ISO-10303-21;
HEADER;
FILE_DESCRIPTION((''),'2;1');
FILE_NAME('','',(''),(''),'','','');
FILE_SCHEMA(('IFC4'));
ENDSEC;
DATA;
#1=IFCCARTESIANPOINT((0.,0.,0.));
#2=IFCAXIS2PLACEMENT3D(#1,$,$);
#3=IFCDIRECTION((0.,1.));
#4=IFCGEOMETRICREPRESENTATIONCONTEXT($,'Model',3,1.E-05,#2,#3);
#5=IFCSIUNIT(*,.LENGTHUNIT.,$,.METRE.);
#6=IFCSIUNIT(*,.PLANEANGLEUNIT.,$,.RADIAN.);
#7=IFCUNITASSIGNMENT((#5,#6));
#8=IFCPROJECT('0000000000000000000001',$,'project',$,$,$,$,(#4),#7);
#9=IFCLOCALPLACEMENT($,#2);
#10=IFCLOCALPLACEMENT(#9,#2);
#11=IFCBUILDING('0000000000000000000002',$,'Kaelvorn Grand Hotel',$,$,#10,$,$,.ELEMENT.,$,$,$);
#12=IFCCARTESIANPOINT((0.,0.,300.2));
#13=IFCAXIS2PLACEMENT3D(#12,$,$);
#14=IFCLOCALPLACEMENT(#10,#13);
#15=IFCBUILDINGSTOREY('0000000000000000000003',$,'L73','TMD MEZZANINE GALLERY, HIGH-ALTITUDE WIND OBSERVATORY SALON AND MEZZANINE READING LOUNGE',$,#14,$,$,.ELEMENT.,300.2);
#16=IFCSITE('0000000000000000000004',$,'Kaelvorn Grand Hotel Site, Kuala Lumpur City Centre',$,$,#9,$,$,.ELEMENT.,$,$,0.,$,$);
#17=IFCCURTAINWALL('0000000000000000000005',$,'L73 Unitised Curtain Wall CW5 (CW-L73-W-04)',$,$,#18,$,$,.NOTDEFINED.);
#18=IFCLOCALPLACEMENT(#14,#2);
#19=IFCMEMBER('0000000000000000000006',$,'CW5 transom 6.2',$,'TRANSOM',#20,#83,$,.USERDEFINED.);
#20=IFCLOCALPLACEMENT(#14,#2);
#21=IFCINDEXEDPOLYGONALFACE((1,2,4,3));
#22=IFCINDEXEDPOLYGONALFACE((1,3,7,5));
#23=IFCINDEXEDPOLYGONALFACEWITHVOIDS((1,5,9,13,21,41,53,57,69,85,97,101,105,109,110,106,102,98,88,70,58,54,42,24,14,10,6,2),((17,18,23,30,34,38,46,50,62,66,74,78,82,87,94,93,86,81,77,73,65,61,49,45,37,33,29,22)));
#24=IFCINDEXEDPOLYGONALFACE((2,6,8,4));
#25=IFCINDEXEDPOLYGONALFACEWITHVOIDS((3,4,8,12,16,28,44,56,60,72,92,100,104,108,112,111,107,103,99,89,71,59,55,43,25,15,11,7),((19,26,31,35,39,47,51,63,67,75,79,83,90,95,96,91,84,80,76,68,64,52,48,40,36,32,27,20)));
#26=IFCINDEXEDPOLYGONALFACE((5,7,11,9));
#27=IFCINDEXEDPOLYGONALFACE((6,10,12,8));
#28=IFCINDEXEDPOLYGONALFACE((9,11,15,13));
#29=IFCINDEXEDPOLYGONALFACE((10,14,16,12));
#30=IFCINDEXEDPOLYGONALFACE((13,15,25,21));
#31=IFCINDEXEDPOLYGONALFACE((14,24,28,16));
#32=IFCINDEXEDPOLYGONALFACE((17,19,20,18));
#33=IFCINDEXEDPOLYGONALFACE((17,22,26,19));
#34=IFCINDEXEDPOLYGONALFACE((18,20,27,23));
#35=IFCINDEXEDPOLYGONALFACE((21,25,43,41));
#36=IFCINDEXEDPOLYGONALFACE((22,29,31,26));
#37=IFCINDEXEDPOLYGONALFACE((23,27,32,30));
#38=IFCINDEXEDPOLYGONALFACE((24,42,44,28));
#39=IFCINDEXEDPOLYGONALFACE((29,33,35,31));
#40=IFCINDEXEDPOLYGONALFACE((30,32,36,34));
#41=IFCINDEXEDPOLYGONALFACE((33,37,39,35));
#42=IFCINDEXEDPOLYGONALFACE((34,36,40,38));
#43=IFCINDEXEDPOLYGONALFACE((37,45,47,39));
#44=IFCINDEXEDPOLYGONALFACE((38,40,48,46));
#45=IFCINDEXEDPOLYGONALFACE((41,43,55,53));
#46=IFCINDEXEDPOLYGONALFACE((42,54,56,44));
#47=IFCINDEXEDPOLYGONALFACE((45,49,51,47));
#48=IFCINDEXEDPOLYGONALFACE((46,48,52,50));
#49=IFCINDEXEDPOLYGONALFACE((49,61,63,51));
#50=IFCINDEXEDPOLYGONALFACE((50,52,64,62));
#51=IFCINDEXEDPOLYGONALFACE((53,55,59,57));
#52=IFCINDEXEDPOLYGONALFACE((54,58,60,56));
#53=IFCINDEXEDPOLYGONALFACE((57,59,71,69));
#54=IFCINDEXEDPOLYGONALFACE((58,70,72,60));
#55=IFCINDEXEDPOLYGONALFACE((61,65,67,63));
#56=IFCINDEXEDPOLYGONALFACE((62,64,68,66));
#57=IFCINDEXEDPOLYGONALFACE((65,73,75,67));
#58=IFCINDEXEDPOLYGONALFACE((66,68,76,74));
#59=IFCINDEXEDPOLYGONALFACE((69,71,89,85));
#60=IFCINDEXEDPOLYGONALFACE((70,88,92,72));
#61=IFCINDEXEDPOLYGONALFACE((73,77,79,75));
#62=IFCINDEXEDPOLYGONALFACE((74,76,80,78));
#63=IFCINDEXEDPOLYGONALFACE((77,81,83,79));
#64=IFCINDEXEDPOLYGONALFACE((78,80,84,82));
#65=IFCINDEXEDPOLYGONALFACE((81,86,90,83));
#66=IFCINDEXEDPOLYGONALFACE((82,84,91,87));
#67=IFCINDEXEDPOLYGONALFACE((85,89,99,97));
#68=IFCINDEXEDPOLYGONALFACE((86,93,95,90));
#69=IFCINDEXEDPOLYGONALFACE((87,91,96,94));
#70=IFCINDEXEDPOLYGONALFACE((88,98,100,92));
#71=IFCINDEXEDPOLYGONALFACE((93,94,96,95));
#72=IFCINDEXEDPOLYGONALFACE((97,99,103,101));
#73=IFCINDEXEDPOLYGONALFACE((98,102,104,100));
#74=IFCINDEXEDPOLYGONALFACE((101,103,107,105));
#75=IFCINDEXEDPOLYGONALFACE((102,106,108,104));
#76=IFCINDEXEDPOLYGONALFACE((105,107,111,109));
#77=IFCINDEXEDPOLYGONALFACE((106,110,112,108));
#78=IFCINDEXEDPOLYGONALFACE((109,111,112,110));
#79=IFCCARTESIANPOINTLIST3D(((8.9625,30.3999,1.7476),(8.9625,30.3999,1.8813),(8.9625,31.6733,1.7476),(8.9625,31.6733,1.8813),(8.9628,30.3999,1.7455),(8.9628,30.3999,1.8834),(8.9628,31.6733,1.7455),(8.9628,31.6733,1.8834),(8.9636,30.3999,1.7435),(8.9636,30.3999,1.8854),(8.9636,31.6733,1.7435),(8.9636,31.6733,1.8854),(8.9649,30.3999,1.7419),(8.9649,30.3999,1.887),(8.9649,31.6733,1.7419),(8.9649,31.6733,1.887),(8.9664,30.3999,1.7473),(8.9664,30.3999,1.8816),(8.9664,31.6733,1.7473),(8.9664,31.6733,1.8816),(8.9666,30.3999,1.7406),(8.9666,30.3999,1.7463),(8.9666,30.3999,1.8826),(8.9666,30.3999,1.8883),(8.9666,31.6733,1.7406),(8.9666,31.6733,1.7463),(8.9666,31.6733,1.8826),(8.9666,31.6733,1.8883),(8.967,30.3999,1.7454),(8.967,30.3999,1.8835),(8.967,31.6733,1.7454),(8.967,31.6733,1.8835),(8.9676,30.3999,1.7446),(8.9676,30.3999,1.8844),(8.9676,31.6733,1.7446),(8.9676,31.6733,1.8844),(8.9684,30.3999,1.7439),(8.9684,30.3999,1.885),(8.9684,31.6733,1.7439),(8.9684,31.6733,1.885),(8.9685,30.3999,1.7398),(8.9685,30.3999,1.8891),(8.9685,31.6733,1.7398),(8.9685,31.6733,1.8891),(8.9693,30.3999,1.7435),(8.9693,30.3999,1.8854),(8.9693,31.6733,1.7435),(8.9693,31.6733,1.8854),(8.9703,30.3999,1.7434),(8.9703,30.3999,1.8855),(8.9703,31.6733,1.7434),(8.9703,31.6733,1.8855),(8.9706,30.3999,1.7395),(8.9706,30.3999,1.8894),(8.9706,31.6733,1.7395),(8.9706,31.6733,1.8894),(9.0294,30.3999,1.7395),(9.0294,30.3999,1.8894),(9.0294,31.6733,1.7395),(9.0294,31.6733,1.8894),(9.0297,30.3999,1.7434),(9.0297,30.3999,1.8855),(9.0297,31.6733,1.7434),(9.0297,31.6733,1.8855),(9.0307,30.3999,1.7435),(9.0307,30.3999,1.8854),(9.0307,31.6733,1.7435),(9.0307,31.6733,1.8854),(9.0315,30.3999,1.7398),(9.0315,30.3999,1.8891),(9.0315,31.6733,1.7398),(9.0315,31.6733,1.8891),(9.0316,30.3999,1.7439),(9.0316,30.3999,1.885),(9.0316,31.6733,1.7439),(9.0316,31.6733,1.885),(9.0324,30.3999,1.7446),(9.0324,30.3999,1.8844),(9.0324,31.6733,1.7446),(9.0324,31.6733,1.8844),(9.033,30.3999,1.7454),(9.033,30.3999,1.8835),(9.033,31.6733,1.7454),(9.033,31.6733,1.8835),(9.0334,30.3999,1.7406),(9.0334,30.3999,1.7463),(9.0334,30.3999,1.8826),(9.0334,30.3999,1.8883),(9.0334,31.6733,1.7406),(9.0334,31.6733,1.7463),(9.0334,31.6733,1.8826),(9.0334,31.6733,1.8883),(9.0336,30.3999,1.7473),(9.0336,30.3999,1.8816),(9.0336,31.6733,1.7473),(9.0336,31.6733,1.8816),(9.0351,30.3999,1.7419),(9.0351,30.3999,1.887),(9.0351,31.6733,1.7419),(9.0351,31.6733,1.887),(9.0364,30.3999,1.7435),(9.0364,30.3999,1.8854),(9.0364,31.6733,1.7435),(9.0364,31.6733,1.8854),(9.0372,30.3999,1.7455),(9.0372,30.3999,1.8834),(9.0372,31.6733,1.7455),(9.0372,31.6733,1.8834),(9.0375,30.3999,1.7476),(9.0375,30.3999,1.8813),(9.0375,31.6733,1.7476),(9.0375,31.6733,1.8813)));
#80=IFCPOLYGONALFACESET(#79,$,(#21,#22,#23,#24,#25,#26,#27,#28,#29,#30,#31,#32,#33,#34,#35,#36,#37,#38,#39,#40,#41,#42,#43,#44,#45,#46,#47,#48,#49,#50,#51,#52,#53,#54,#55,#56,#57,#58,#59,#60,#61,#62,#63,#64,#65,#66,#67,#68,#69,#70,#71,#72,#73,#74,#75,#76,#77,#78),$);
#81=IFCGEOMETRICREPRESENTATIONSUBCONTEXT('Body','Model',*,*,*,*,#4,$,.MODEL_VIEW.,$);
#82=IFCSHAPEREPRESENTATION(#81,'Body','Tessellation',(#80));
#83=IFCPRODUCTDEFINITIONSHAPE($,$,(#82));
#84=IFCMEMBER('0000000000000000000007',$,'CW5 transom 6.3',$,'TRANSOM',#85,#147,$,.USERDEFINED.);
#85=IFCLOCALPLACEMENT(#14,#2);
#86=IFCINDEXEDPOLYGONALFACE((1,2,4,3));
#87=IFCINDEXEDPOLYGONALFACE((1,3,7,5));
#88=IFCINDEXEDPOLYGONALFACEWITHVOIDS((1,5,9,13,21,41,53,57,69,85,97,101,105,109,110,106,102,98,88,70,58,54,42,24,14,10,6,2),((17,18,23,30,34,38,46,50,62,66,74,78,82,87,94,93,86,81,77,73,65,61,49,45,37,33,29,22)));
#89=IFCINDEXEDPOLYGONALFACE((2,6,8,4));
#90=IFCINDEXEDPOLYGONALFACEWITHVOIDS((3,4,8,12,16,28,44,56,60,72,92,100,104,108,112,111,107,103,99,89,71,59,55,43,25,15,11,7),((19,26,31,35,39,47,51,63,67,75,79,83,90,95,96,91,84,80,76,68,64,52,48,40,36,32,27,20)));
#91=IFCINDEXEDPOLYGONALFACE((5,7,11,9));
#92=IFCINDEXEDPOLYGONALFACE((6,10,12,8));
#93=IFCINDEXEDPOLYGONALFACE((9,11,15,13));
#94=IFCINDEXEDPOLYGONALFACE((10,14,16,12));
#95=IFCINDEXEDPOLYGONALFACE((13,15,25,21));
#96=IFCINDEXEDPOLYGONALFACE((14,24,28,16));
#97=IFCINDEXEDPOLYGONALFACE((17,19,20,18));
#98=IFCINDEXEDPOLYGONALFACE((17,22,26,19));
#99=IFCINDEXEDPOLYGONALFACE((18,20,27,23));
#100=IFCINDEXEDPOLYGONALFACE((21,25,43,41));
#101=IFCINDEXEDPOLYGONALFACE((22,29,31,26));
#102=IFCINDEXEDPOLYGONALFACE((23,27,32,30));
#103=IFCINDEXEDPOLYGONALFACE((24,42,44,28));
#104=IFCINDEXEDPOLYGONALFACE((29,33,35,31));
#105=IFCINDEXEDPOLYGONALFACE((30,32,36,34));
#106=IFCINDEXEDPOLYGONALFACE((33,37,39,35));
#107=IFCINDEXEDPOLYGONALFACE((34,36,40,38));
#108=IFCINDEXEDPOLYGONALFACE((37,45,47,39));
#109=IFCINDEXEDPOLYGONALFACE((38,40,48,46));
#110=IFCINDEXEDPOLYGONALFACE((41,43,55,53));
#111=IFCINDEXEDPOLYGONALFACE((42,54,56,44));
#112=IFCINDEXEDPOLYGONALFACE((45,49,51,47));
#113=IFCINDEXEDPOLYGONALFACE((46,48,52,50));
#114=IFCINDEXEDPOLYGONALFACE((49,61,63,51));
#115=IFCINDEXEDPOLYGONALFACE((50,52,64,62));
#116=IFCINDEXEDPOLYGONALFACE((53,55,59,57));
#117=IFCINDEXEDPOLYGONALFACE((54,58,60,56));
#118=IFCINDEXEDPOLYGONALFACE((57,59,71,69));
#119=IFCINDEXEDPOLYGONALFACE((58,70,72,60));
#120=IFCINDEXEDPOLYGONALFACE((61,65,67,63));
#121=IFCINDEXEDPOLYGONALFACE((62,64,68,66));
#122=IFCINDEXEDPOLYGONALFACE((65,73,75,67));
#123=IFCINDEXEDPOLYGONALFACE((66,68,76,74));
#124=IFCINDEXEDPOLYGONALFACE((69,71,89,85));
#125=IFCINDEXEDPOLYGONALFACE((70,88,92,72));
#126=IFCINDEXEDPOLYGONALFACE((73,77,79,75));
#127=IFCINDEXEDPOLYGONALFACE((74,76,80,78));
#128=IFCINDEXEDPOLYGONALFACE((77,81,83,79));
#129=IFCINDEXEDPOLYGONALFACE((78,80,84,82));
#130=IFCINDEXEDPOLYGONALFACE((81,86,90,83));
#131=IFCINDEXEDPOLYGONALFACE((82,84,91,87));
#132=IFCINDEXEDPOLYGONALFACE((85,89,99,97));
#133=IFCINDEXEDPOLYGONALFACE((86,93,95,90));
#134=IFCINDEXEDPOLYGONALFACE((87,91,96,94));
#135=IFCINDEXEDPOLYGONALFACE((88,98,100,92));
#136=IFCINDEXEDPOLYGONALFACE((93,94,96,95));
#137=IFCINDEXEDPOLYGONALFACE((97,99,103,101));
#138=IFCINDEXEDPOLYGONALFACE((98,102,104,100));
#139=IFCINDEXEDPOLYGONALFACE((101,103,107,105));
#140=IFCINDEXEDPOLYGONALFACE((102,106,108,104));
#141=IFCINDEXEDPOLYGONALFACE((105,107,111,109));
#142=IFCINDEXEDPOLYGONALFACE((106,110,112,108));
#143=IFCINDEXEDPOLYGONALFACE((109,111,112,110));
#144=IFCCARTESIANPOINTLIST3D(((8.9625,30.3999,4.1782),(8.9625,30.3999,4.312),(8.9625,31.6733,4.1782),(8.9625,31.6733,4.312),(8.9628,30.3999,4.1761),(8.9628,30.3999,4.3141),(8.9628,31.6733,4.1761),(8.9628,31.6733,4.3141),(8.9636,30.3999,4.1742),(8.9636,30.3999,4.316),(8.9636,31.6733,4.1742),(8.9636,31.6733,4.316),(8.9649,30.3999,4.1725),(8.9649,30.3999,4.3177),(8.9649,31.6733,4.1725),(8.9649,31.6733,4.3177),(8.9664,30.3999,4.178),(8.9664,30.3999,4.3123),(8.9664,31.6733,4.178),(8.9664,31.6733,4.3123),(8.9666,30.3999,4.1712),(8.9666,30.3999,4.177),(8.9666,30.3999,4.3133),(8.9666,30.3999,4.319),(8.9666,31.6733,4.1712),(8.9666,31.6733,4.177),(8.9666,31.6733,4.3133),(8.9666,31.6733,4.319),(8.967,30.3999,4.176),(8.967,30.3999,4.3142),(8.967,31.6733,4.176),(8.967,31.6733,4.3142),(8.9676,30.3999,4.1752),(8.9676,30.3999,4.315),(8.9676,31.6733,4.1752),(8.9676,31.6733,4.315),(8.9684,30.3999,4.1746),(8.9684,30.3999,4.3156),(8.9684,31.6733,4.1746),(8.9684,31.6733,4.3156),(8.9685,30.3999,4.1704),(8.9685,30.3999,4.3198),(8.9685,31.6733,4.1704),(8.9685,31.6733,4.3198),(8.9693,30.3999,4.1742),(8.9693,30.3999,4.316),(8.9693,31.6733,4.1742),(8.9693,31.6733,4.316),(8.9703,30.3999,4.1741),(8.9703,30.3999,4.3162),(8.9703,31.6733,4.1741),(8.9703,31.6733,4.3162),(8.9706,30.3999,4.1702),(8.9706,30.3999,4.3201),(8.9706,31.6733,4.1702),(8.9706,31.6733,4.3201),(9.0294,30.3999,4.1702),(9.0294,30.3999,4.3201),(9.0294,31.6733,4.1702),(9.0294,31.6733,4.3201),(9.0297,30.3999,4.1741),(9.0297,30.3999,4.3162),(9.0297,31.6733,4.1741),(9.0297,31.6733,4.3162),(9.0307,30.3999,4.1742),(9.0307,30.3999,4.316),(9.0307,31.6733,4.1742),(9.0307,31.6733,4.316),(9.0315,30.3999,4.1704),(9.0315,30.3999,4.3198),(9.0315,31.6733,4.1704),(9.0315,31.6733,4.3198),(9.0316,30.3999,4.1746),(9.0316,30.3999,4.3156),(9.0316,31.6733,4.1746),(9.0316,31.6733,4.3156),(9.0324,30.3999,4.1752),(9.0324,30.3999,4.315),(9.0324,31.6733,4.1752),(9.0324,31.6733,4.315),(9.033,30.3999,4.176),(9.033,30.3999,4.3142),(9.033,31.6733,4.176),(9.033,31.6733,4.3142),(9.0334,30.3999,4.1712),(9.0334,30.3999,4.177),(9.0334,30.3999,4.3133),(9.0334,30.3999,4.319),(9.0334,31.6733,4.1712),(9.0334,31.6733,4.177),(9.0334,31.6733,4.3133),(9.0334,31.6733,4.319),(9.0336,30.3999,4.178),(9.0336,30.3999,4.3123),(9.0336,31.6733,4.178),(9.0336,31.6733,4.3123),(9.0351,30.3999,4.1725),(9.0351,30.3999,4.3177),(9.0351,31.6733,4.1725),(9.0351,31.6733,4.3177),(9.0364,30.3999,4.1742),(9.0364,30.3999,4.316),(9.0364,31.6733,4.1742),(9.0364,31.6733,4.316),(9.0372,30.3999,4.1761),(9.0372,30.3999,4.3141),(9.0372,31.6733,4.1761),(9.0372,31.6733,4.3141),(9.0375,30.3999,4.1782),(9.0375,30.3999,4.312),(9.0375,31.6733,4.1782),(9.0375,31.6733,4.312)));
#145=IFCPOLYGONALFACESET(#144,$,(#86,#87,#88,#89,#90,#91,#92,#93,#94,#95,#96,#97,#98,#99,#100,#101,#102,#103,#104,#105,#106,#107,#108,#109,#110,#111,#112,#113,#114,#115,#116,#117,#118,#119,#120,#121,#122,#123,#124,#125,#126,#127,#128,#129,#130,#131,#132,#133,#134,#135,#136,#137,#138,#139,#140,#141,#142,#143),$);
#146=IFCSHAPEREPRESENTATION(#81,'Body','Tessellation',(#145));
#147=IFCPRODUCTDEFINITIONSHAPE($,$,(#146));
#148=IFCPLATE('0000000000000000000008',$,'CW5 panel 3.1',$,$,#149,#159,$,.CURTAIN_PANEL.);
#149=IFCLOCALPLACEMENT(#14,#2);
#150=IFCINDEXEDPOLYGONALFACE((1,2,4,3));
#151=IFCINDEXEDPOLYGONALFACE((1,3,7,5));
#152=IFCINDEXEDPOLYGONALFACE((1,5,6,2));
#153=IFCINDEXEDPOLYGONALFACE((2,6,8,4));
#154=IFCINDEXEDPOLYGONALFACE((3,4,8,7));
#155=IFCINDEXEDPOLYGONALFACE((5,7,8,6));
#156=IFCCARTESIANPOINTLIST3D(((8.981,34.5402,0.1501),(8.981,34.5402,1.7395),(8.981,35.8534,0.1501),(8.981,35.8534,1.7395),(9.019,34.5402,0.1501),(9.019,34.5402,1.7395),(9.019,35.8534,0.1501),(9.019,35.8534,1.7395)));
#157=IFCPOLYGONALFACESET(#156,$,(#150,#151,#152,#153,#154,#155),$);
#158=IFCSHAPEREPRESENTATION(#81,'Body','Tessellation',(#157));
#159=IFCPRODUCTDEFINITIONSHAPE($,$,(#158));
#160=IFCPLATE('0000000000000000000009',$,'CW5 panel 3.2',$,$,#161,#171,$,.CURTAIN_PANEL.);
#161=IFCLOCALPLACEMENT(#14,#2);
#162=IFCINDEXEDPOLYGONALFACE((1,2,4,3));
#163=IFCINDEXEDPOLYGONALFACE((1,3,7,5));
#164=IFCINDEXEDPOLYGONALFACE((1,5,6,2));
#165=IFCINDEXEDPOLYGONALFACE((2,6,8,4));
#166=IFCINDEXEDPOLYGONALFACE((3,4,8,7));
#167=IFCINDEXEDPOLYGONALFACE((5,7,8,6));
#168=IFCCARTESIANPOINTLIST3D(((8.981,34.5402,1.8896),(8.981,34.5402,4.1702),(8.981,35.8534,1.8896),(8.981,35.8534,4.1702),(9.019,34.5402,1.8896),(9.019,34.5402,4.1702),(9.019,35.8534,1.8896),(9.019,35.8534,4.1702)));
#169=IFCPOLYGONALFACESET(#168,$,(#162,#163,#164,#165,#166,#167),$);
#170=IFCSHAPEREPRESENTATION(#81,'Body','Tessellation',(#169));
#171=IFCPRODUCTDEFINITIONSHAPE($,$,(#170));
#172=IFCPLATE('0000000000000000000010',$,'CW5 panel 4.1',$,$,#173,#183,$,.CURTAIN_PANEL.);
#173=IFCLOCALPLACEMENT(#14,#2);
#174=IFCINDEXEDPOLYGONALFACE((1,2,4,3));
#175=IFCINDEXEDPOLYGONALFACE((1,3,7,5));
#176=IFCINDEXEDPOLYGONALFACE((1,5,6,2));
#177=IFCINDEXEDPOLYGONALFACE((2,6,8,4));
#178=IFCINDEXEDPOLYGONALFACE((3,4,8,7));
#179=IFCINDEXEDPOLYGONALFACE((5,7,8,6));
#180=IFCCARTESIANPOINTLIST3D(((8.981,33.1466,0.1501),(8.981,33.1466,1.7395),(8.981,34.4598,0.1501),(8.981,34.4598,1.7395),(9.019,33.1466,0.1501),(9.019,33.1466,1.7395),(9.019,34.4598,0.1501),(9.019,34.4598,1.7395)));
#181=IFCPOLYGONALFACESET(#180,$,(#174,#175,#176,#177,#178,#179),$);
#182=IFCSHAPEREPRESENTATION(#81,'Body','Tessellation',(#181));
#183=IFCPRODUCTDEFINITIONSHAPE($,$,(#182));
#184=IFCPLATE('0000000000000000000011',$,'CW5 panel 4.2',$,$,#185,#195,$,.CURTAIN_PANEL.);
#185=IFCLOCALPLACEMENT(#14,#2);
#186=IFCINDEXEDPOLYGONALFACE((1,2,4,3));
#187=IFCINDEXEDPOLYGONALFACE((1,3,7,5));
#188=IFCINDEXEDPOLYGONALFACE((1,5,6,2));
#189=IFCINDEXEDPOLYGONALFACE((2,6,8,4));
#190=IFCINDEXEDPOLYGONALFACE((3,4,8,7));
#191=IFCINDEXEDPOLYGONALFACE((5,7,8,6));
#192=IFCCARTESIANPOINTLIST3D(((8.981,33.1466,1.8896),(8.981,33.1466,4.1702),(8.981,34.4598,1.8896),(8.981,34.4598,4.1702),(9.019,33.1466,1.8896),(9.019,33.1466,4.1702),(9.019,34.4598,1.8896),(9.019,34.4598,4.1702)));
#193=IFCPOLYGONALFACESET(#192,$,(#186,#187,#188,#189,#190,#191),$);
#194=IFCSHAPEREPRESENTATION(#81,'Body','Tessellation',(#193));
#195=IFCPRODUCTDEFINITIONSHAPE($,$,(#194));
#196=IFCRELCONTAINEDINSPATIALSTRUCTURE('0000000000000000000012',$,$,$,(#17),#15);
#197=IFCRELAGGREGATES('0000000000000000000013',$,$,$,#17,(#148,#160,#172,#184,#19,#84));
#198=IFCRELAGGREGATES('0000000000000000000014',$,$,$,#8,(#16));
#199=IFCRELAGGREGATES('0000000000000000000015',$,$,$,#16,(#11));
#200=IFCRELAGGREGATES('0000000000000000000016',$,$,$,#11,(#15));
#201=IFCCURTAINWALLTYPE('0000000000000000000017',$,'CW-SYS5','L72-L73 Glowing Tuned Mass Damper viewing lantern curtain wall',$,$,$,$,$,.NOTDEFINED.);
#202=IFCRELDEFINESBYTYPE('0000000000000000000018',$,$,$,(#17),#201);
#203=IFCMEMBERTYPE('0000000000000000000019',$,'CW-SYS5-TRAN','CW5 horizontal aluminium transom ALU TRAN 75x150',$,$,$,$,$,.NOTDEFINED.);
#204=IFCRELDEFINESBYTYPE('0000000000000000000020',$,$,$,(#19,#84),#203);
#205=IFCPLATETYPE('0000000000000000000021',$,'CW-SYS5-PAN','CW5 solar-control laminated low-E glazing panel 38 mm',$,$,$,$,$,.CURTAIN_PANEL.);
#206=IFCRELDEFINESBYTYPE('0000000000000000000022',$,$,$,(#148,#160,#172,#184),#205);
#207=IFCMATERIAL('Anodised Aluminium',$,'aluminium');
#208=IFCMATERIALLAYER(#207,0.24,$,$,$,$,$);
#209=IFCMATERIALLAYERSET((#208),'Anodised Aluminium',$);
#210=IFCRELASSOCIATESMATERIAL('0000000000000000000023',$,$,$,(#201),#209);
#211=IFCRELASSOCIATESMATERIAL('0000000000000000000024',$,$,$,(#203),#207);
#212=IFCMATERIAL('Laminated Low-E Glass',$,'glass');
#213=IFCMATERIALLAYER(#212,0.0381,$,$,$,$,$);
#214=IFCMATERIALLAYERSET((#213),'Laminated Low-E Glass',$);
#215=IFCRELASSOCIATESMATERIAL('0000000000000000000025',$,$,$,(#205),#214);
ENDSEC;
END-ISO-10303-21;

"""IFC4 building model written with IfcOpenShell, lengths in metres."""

from ifc_helpers import new_model, si_unit, direction, frame, origin, origin_2d, place, context, subcontext, project, spatial, rectangle, hollow_rectangle, extrude, material, layer, layer_set, material_profile, profile_set, type_object, element, aggregate, save


model = new_model("IFC4")

# Units and contexts
model_context = context("Model", 3, precision=1e-05, world=origin(), true_north=direction((0.0, 1.0)))
body_context = subcontext(model_context, "Body", "Model", "MODEL_VIEW")
ifc_project = project(units=[si_unit("LENGTHUNIT", "METRE"), si_unit("PLANEANGLEUNIT", "RADIAN")], contexts=[model_context])

# Site, building, storey
site_placement = place(None, origin())
site = spatial("IfcSite", under=ifc_project, at=site_placement, Name="Kaelvorn Grand Hotel Site, Kuala Lumpur City Centre", CompositionType="ELEMENT", RefElevation=0.0)
building_placement = place(site_placement, origin())
building = spatial("IfcBuilding", under=site, at=building_placement, Name="Kaelvorn Grand Hotel", CompositionType="ELEMENT")
storey_placement = place(building_placement, frame((0.0, 0.0, 300.2)))
storey = spatial("IfcBuildingStorey", under=building, at=storey_placement, Name="L73", Description="TMD MEZZANINE GALLERY, HIGH-ALTITUDE WIND OBSERVATORY SALON AND MEZZANINE READING LOUNGE", CompositionType="ELEMENT", Elevation=300.2)

# Curtain wall, members, plates
ifc_material_1 = material(Name="Anodised Aluminium", Category="aluminium")
ifc_layer_1 = layer(ifc_material_1, 0.24)
ifc_layer_set_1 = layer_set([ifc_layer_1], Name="Anodised Aluminium")
curtain_wall_type = type_object("IfcCurtainWallType", Name="CW-SYS5", Description="L72-L73 Glowing Tuned Mass Damper viewing lantern curtain wall", PredefinedType="NOTDEFINED", material=ifc_layer_set_1)
curtain_wall_placement = place(storey_placement, origin())
curtain_wall = element("IfcCurtainWall", 1, at=curtain_wall_placement, inside=storey, type_object=curtain_wall_type, Name="L73 Unitised Curtain Wall CW5 (CW-L73-W-04)", PredefinedType="NOTDEFINED")
ifc_material_profile_1 = material_profile(ifc_material_1, hollow_rectangle(XDim=0.075, YDim=0.1499, WallThickness=0.0039, InnerFilletRadius=0.0039, OuterFilletRadius=0.0081, at=origin_2d()), Name="ALU TRAN 75x150")
ifc_profile_set_1 = profile_set([ifc_material_profile_1], Name="Anodised Aluminium")
member_type_1 = type_object("IfcMemberType", Name="CW-SYS5-TRAN", Description="CW5 horizontal aluminium transom ALU TRAN 75x150", PredefinedType="NOTDEFINED", material=ifc_profile_set_1)
member_1_placement = place(storey_placement, frame((9.0, 31.6733, 1.8145), z_axis=(0.0, -1.0, 0.0), x_axis=(1.0, 0.0, 0.0)))
member_1 = element("IfcMember", 2, at=member_1_placement, type_object=member_type_1, Name="CW5 transom 6.2", ObjectType="TRANSOM", PredefinedType="USERDEFINED", context=body_context, shape_type="SweptSolid", body=[
    extrude(hollow_rectangle(XDim=0.075, YDim=0.1499, WallThickness=0.0039, InnerFilletRadius=0.0039, OuterFilletRadius=0.0081, at=origin_2d()), origin(), (0.0, 0.0, 1.0), 1.2734),
])
member_2_placement = place(storey_placement, frame((9.0, 31.6733, 4.2451), z_axis=(0.0, -1.0, 0.0), x_axis=(1.0, 0.0, 0.0)))
member_2 = element("IfcMember", 3, at=member_2_placement, type_object=member_type_1, Name="CW5 transom 6.3", ObjectType="TRANSOM", PredefinedType="USERDEFINED", context=body_context, shape_type="SweptSolid", body=[
    extrude(hollow_rectangle(XDim=0.075, YDim=0.1499, WallThickness=0.0039, InnerFilletRadius=0.0039, OuterFilletRadius=0.0081, at=origin_2d()), origin(), (0.0, 0.0, 1.0), 1.2734),
])
ifc_material_2 = material(Name="Laminated Low-E Glass", Category="glass")
ifc_layer_2 = layer(ifc_material_2, 0.0381)
ifc_layer_set_2 = layer_set([ifc_layer_2], Name="Laminated Low-E Glass")
plate_type = type_object("IfcPlateType", Name="CW-SYS5-PAN", Description="CW5 solar-control laminated low-E glazing panel 38 mm", PredefinedType="CURTAIN_PANEL", material=ifc_layer_set_2)
plate_1_placement = place(storey_placement, frame((9.0, 35.1968, 0.1501), z_axis=(0.0, 0.0, 1.0), x_axis=(0.0, -1.0, 0.0)))
plate_1 = element("IfcPlate", 4, at=plate_1_placement, type_object=plate_type, Name="CW5 panel 3.1", PredefinedType="CURTAIN_PANEL", context=body_context, shape_type="SweptSolid", body=[
    extrude(rectangle(XDim=1.3132, YDim=0.0381, at=origin_2d()), origin(), (0.0, 0.0, 1.0), 1.5894),
])
plate_2_placement = place(storey_placement, frame((9.0, 35.1968, 1.8896), z_axis=(0.0, 0.0, 1.0), x_axis=(0.0, -1.0, 0.0)))
plate_2 = element("IfcPlate", 5, at=plate_2_placement, type_object=plate_type, Name="CW5 panel 3.2", PredefinedType="CURTAIN_PANEL", context=body_context, shape_type="SweptSolid", body=[
    extrude(rectangle(XDim=1.3132, YDim=0.0381, at=origin_2d()), origin(), (0.0, 0.0, 1.0), 2.2805),
])
plate_3_placement = place(storey_placement, frame((9.0, 33.8032, 0.1501), z_axis=(0.0, 0.0, 1.0), x_axis=(0.0, -1.0, 0.0)))
plate_3 = element("IfcPlate", 6, at=plate_3_placement, type_object=plate_type, Name="CW5 panel 4.1", PredefinedType="CURTAIN_PANEL", context=body_context, shape_type="SweptSolid", body=[
    extrude(rectangle(XDim=1.3132, YDim=0.0381, at=origin_2d()), origin(), (0.0, 0.0, 1.0), 1.5894),
])
plate_4_placement = place(storey_placement, frame((9.0, 33.8032, 1.8896), z_axis=(0.0, 0.0, 1.0), x_axis=(0.0, -1.0, 0.0)))
plate_4 = element("IfcPlate", 7, at=plate_4_placement, type_object=plate_type, Name="CW5 panel 4.2", PredefinedType="CURTAIN_PANEL", context=body_context, shape_type="SweptSolid", body=[
    extrude(rectangle(XDim=1.3132, YDim=0.0381, at=origin_2d()), origin(), (0.0, 0.0, 1.0), 2.2805),
])
aggregate(curtain_wall, [plate_1, plate_2, plate_3, plate_4, member_1, member_2])

save(model, "model.ifc")
